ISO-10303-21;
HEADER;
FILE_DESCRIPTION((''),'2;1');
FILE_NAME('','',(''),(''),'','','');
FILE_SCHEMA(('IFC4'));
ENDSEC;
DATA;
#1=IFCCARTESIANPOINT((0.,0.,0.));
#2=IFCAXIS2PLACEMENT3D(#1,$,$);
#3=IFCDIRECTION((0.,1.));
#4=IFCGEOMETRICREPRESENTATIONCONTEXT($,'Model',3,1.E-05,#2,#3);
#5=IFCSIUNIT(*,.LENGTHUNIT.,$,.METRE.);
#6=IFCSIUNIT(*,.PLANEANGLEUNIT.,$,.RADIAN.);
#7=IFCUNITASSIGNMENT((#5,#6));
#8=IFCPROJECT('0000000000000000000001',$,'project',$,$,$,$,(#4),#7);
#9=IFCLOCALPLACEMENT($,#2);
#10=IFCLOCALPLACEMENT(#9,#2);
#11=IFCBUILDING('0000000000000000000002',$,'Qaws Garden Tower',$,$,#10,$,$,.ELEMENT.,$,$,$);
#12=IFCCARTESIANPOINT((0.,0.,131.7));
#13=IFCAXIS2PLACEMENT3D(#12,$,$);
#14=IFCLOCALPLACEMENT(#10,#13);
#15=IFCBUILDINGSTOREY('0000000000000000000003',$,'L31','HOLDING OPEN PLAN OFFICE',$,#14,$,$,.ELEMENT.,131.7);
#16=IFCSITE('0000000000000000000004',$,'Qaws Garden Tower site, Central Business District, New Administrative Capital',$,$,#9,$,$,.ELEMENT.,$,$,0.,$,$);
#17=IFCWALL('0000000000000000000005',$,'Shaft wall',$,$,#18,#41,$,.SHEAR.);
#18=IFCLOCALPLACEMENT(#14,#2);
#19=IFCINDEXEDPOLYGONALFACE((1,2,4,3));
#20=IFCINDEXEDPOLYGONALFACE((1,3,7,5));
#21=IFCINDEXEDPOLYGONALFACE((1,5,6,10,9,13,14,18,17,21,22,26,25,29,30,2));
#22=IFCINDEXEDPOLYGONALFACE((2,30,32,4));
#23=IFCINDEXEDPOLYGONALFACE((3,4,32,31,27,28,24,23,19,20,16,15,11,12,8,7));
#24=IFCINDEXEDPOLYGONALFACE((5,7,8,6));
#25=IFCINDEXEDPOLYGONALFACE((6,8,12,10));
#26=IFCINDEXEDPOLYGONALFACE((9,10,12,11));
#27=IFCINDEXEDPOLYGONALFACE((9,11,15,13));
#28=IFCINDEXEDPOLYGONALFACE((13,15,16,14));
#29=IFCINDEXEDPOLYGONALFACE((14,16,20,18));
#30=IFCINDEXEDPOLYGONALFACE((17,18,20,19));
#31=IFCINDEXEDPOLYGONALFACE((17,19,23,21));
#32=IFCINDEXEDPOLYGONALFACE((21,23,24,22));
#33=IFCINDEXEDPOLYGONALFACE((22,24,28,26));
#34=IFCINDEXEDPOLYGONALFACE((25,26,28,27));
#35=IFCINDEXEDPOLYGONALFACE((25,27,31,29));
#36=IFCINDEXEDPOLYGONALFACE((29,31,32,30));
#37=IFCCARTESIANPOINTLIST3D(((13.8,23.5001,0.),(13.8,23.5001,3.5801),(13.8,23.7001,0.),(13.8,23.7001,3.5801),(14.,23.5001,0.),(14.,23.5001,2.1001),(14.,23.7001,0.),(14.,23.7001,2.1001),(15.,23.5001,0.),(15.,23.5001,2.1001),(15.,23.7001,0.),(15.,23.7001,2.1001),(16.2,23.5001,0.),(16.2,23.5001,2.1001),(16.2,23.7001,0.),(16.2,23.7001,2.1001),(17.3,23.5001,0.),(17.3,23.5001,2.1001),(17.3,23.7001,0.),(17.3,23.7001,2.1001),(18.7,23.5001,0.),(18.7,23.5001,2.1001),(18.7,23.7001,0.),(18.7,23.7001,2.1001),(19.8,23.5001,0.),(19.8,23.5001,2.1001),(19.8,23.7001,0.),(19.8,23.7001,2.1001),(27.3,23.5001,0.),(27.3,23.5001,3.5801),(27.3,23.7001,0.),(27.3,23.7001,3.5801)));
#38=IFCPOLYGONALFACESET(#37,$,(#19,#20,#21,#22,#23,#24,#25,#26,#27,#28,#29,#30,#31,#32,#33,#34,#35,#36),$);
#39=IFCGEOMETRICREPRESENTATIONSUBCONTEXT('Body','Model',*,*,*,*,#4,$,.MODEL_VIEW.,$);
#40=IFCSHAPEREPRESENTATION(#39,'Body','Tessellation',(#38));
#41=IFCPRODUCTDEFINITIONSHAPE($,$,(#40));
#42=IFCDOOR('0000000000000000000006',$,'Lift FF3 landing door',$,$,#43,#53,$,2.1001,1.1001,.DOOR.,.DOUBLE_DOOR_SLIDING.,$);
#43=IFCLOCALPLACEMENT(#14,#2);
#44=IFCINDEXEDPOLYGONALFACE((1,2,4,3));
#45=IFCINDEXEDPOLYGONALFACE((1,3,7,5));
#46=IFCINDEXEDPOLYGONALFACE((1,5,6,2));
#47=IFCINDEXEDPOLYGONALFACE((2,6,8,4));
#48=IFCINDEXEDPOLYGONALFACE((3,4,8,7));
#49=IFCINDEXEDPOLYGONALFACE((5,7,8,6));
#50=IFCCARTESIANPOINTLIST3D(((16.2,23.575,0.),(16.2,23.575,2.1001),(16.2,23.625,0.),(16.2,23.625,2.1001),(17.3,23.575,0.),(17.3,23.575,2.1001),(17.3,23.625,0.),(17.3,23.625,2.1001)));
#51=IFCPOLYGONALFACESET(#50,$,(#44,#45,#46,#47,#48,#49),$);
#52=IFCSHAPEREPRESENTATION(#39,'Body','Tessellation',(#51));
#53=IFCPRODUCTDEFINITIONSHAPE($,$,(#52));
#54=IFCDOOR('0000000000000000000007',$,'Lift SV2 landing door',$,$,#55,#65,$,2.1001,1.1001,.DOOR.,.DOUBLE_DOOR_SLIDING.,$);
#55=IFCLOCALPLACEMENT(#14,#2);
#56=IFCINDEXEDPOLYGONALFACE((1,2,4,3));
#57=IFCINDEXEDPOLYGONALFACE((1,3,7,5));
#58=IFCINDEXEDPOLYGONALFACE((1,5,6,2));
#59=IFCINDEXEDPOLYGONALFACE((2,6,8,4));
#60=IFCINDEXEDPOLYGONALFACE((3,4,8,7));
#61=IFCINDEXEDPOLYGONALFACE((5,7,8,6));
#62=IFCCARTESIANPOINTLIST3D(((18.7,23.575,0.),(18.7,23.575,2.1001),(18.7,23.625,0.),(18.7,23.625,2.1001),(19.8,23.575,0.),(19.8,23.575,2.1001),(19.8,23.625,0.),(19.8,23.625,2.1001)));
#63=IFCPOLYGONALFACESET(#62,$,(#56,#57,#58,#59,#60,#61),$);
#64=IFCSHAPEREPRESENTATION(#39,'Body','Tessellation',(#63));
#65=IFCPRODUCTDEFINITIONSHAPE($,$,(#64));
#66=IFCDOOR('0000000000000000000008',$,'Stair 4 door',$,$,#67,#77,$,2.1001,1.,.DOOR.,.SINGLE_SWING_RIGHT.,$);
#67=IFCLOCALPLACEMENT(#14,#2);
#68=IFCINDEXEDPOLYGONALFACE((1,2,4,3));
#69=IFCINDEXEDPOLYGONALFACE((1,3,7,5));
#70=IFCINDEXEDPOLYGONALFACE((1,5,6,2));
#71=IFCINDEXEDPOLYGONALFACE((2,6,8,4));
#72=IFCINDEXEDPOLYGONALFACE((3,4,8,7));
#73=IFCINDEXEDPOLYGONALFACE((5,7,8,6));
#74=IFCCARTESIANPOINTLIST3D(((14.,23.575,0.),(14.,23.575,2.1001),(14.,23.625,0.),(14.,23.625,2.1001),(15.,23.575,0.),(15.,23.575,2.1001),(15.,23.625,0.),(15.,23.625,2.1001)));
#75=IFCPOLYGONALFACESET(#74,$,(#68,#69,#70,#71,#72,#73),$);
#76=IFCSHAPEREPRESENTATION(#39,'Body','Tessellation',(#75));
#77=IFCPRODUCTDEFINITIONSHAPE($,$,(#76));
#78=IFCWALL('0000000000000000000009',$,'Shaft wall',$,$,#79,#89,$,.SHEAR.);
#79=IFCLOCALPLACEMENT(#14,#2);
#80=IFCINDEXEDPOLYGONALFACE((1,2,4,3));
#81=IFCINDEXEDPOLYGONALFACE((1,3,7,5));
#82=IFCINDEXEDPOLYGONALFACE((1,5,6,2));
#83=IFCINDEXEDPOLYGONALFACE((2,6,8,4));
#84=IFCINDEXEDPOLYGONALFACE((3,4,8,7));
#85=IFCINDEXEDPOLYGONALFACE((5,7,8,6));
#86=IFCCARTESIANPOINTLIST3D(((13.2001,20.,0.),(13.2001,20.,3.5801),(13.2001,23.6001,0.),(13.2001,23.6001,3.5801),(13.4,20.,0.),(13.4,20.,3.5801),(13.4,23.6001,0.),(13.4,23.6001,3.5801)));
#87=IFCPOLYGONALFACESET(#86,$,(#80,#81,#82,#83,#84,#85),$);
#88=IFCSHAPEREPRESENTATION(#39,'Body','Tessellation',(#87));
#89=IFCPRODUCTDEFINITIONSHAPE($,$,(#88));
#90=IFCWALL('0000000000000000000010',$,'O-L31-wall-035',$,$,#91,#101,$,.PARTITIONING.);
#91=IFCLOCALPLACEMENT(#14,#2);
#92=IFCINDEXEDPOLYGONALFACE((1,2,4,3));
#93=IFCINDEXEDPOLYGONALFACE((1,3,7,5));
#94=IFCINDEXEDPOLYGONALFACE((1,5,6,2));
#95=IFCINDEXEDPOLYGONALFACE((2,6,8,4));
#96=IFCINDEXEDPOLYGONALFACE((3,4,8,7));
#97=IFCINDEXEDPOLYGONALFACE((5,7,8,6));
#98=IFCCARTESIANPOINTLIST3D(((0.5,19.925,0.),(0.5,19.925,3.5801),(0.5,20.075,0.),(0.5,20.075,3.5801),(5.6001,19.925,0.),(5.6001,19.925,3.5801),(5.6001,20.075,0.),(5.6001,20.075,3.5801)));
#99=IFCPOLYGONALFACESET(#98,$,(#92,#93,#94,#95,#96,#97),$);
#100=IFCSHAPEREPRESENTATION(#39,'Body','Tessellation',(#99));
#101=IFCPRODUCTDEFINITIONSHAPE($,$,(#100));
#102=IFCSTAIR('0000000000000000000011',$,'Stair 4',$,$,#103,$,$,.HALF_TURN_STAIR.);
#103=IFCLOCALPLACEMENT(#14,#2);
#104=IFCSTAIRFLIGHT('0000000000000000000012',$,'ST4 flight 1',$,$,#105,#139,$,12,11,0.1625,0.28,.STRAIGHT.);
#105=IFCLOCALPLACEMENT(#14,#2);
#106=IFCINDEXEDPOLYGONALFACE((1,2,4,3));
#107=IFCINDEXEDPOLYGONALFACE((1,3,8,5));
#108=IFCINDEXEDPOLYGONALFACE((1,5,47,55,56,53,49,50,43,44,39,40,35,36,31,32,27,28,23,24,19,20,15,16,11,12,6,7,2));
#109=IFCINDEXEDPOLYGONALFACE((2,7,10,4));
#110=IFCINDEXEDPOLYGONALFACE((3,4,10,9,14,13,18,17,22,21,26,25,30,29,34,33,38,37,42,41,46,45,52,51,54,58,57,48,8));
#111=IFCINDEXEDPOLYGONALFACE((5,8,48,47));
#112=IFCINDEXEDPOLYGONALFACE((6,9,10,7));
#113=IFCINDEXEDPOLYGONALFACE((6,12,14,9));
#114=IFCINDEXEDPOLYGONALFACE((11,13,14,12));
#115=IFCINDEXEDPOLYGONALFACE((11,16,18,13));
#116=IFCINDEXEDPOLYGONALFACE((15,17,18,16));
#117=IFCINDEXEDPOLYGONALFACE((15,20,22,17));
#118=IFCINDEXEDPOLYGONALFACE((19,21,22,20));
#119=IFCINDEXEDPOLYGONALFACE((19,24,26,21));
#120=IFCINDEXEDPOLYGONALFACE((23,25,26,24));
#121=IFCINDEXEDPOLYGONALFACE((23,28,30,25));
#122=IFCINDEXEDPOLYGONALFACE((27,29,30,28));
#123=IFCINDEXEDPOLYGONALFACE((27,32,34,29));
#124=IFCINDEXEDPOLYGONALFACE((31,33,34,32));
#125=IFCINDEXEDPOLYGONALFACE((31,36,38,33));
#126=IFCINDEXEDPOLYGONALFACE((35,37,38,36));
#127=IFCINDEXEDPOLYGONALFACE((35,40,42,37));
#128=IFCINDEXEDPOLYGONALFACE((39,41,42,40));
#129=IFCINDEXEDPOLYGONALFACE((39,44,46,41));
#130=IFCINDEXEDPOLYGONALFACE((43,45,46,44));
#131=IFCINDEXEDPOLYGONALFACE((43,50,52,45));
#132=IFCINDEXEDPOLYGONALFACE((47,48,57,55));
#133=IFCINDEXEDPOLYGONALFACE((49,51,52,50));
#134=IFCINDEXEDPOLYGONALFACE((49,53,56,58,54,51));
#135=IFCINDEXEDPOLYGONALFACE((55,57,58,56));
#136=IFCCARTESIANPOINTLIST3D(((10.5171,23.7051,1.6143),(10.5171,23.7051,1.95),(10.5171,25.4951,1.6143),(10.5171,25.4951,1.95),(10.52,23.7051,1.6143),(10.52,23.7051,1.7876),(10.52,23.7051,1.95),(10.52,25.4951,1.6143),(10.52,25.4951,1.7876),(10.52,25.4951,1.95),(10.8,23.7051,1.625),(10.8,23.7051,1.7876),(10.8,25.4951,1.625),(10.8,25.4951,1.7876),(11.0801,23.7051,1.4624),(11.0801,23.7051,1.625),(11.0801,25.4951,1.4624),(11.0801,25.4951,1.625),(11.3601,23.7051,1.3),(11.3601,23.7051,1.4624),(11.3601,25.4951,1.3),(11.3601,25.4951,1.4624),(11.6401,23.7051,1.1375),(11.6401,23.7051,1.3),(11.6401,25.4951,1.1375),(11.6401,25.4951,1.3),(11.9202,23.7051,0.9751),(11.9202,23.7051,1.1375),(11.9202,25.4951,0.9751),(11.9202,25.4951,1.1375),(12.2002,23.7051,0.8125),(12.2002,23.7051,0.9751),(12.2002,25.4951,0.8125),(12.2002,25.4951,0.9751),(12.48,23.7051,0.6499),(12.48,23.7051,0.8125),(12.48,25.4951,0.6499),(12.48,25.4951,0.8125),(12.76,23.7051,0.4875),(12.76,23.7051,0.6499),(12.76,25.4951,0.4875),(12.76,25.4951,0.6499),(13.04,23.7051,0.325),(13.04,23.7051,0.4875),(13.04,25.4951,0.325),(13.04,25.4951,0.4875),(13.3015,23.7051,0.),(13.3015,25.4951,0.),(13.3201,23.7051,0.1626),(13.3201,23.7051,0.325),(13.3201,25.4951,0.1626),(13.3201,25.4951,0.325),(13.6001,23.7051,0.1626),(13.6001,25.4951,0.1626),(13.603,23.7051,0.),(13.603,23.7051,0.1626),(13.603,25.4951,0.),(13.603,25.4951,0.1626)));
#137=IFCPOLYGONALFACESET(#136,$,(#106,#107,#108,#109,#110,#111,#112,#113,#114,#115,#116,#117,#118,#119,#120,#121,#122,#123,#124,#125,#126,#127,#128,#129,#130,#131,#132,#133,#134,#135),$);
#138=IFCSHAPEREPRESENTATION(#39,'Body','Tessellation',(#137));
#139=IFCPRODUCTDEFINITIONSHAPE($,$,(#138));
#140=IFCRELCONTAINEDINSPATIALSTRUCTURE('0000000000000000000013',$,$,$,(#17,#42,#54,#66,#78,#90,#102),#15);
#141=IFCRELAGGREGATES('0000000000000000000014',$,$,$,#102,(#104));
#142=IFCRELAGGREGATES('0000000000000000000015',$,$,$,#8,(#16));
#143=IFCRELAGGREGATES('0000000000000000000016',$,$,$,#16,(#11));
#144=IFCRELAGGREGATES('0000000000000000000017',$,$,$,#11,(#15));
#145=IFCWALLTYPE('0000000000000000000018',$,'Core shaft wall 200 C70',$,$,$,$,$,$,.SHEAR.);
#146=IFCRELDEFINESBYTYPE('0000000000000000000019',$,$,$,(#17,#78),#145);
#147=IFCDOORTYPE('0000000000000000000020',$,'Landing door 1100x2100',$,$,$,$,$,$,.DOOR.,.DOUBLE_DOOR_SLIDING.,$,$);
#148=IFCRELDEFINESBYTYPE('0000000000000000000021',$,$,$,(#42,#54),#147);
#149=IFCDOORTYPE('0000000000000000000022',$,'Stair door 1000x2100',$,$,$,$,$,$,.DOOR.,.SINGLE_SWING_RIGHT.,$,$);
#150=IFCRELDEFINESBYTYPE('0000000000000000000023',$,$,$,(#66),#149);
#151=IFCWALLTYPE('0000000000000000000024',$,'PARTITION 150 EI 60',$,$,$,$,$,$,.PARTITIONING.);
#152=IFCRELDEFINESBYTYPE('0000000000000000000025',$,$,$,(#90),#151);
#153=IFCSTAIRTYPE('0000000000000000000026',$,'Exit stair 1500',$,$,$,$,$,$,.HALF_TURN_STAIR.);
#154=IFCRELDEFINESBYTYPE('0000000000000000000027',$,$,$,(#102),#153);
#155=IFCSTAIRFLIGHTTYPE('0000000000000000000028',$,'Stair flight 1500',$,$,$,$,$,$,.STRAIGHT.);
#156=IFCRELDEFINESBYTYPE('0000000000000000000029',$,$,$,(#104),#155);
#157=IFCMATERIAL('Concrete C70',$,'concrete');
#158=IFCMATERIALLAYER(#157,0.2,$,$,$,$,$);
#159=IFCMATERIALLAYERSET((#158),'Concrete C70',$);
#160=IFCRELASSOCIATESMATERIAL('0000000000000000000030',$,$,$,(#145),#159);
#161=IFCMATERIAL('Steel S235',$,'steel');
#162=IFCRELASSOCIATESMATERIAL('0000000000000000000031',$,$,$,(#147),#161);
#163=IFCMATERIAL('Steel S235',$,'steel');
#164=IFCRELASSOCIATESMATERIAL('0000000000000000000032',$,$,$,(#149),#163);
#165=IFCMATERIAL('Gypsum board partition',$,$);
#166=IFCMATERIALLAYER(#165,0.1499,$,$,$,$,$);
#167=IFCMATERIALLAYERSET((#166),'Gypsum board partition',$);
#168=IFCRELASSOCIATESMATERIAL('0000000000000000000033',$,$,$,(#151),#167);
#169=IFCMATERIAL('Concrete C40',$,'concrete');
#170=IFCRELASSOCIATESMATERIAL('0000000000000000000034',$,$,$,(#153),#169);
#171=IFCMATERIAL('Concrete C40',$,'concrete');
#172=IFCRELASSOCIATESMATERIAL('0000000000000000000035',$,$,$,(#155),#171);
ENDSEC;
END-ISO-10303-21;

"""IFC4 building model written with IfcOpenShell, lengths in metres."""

from ifc_helpers import new_model, si_unit, direction, frame, frame_2d, origin, place, context, subcontext, project, spatial, polyline, rectangle, outline, extrude, material, layer, layer_set, type_object, element, fill, aggregate, save


model = new_model("IFC4")

# Units and contexts
model_context = context("Model", 3, precision=1e-05, world=origin(), true_north=direction((0.0, 1.0)))
body_context = subcontext(model_context, "Body", "Model", "MODEL_VIEW")
ifc_project = project(units=[si_unit("LENGTHUNIT", "METRE"), si_unit("PLANEANGLEUNIT", "RADIAN")], contexts=[model_context])

# Site, building, storey
site_placement = place(None, origin())
site = spatial("IfcSite", under=ifc_project, at=site_placement, Name="Qaws Garden Tower site, Central Business District, New Administrative Capital", CompositionType="ELEMENT", RefElevation=0.0)
building_placement = place(site_placement, origin())
building = spatial("IfcBuilding", under=site, at=building_placement, Name="Qaws Garden Tower", CompositionType="ELEMENT")
storey_placement = place(building_placement, frame((0.0, 0.0, 131.7)))
storey = spatial("IfcBuildingStorey", under=building, at=storey_placement, Name="L31", Description="HOLDING OPEN PLAN OFFICE", CompositionType="ELEMENT", Elevation=131.7)

# Shared definitions
ifc_material_1 = material(Name="Concrete C70", Category="concrete")
ifc_layer_1 = layer(ifc_material_1, 0.2)
ifc_layer_set_1 = layer_set([ifc_layer_1], Name="Concrete C70")
wall_type_1 = type_object("IfcWallType", Name="Core shaft wall 200 C70", PredefinedType="SHEAR", material=ifc_layer_set_1)

# Wall, openings, doors
wall_1_placement = place(storey_placement, frame((13.8, 23.6001, 0.0), z_axis=(0.0, 0.0, 1.0), x_axis=(1.0, 0.0, 0.0)))
wall_1 = element("IfcWall", 1, at=wall_1_placement, inside=storey, type_object=wall_type_1, Name="Shaft wall", PredefinedType="SHEAR", context=body_context, shape_type="SweptSolid", body=[
    extrude(rectangle(XDim=13.5, YDim=0.2, at=frame_2d((6.75, 0.0))), origin(), (0.0, 0.0, 1.0), 3.5801),
])
opening_1_placement = place(wall_1_placement, frame((2.3999, 0.0, 0.0)))
opening_1 = element("IfcOpeningElement", 2, at=opening_1_placement, cuts=wall_1, PredefinedType="OPENING", context=body_context, shape_type="SweptSolid", body=[
    extrude(rectangle(XDim=1.1001, YDim=2.1001, at=frame_2d((0.55, 1.05))), frame((0.0, 0.1099, 0.0), z_axis=(0.0, -1.0, 0.0), x_axis=(1.0, 0.0, 0.0)), (0.0, 0.0, 1.0), 0.22),
])
opening_2_placement = place(wall_1_placement, frame((4.8999, 0.0, 0.0)))
opening_2 = element("IfcOpeningElement", 3, at=opening_2_placement, cuts=wall_1, PredefinedType="OPENING", context=body_context, shape_type="SweptSolid", body=[
    extrude(rectangle(XDim=1.1001, YDim=2.1001, at=frame_2d((0.55, 1.05))), frame((0.0, 0.1099, 0.0), z_axis=(0.0, -1.0, 0.0), x_axis=(1.0, 0.0, 0.0)), (0.0, 0.0, 1.0), 0.22),
])
opening_3_placement = place(wall_1_placement, frame((0.2, 0.0, 0.0)))
opening_3 = element("IfcOpeningElement", 4, at=opening_3_placement, cuts=wall_1, PredefinedType="OPENING", context=body_context, shape_type="SweptSolid", body=[
    extrude(rectangle(XDim=1.0, YDim=2.1001, at=frame_2d((0.5, 1.05))), frame((0.0, 0.1099, 0.0), z_axis=(0.0, -1.0, 0.0), x_axis=(1.0, 0.0, 0.0)), (0.0, 0.0, 1.0), 0.22),
])
ifc_material_2 = material(Name="Steel S235", Category="steel")
door_type_1 = type_object("IfcDoorType", Name="Landing door 1100x2100", OperationType="DOUBLE_DOOR_SLIDING", PredefinedType="DOOR", material=ifc_material_2)
door_1_placement = place(opening_1_placement, origin())
door_1 = element("IfcDoor", 5, at=door_1_placement, inside=storey, type_object=door_type_1, Name="Lift FF3 landing door", OperationType="DOUBLE_DOOR_SLIDING", OverallHeight=2.1001, OverallWidth=1.1001, PredefinedType="DOOR", context=body_context, shape_type="SweptSolid", body=[
    extrude(rectangle(XDim=1.1001, YDim=2.1001, at=frame_2d((0.55, 1.05))), frame((0.0, 0.0249, 0.0), z_axis=(0.0, -1.0, 0.0), x_axis=(1.0, 0.0, 0.0)), (0.0, 0.0, 1.0), 0.05),
])
fill(opening_1, door_1)
door_2_placement = place(opening_2_placement, origin())
door_2 = element("IfcDoor", 6, at=door_2_placement, inside=storey, type_object=door_type_1, Name="Lift SV2 landing door", OperationType="DOUBLE_DOOR_SLIDING", OverallHeight=2.1001, OverallWidth=1.1001, PredefinedType="DOOR", context=body_context, shape_type="SweptSolid", body=[
    extrude(rectangle(XDim=1.1001, YDim=2.1001, at=frame_2d((0.55, 1.05))), frame((0.0, 0.0249, 0.0), z_axis=(0.0, -1.0, 0.0), x_axis=(1.0, 0.0, 0.0)), (0.0, 0.0, 1.0), 0.05),
])
fill(opening_2, door_2)
ifc_material_3 = material(Name="Steel S235", Category="steel")
door_type_2 = type_object("IfcDoorType", Name="Stair door 1000x2100", OperationType="SINGLE_SWING_RIGHT", PredefinedType="DOOR", material=ifc_material_3)
door_3_placement = place(opening_3_placement, origin())
door_3 = element("IfcDoor", 7, at=door_3_placement, inside=storey, type_object=door_type_2, Name="Stair 4 door", OperationType="SINGLE_SWING_RIGHT", OverallHeight=2.1001, OverallWidth=1.0, PredefinedType="DOOR", context=body_context, shape_type="SweptSolid", body=[
    extrude(rectangle(XDim=1.0, YDim=2.1001, at=frame_2d((0.5, 1.05))), frame((0.0, 0.0249, 0.0), z_axis=(0.0, -1.0, 0.0), x_axis=(1.0, 0.0, 0.0)), (0.0, 0.0, 1.0), 0.05),
])
fill(opening_3, door_3)

# Walls
wall_2_placement = place(storey_placement, frame((13.3, 20.0, 0.0), z_axis=(0.0, 0.0, 1.0), x_axis=(0.0, 1.0, 0.0)))
element("IfcWall", 8, at=wall_2_placement, inside=storey, type_object=wall_type_1, Name="Shaft wall", PredefinedType="SHEAR", context=body_context, shape_type="SweptSolid", body=[
    extrude(rectangle(XDim=3.6001, YDim=0.2, at=frame_2d((1.8, 0.0))), origin(), (0.0, 0.0, 1.0), 3.5801),
])
ifc_material_4 = material(Name="Gypsum board partition")
ifc_layer_2 = layer(ifc_material_4, 0.1499)
ifc_layer_set_2 = layer_set([ifc_layer_2], Name="Gypsum board partition")
wall_type_2 = type_object("IfcWallType", Name="PARTITION 150 EI 60", PredefinedType="PARTITIONING", material=ifc_layer_set_2)
wall_3_placement = place(storey_placement, frame((0.5, 20.0, 0.0), z_axis=(0.0, 0.0, 1.0), x_axis=(1.0, 0.0, 0.0)))
element("IfcWall", 9, at=wall_3_placement, inside=storey, type_object=wall_type_2, Name="O-L31-wall-035", PredefinedType="PARTITIONING", context=body_context, shape_type="SweptSolid", body=[
    extrude(rectangle(XDim=5.1001, YDim=0.1499, at=frame_2d((2.55, 0.0))), origin(), (0.0, 0.0, 1.0), 3.5801),
])

# Stair, stair flight
ifc_material_5 = material(Name="Concrete C40", Category="concrete")
stair_type = type_object("IfcStairType", Name="Exit stair 1500", PredefinedType="HALF_TURN_STAIR", material=ifc_material_5)
stair_placement = place(storey_placement, origin())
stair = element("IfcStair", 10, at=stair_placement, inside=storey, type_object=stair_type, Name="Stair 4", PredefinedType="HALF_TURN_STAIR")
ifc_material_6 = material(Name="Concrete C40", Category="concrete")
stair_flight_type = type_object("IfcStairFlightType", Name="Stair flight 1500", PredefinedType="STRAIGHT", material=ifc_material_6)
stair_flight_placement = place(storey_placement, frame((13.6001, 24.6001, 0.0), z_axis=(0.0, 0.0, 1.0), x_axis=(-1.0, 0.0, 0.0)))
stair_flight = element("IfcStairFlight", 11, at=stair_flight_placement, type_object=stair_flight_type, Name="ST4 flight 1", NumberOfRisers=12, NumberOfTreads=11, PredefinedType="STRAIGHT", RiserHeight=0.1625, TreadLength=0.28, context=body_context, shape_type="SweptSolid", body=[
    extrude(outline(polyline([(-0.0029, 0.0), (-0.0029, 0.1626), (0.0, 0.1626), (0.28, 0.1626), (0.28, 0.325), (0.5601, 0.325), (0.5601, 0.4875), (0.8401, 0.4875), (0.8401, 0.6499), (1.1201, 0.6499), (1.1201, 0.8125), (1.3999, 0.8125), (1.3999, 0.9751), (1.6799, 0.9751), (1.6799, 1.1375), (1.96, 1.1375), (1.96, 1.3), (2.24, 1.3), (2.24, 1.4624), (2.52, 1.4624), (2.52, 1.625), (2.8, 1.625), (2.8, 1.7876), (3.0801, 1.7876), (3.0801, 1.95), (3.083, 1.95), (3.083, 1.6143), (3.0801, 1.6143), (0.2986, 0.0), (-0.0029, 0.0)])), frame((0.0, 0.895, 0.0), z_axis=(0.0, -1.0, 0.0), x_axis=(1.0, 0.0, 0.0)), (0.0, 0.0, 1.0), 1.79),
])
aggregate(stair, [stair_flight])

save(model, "model.ifc")
